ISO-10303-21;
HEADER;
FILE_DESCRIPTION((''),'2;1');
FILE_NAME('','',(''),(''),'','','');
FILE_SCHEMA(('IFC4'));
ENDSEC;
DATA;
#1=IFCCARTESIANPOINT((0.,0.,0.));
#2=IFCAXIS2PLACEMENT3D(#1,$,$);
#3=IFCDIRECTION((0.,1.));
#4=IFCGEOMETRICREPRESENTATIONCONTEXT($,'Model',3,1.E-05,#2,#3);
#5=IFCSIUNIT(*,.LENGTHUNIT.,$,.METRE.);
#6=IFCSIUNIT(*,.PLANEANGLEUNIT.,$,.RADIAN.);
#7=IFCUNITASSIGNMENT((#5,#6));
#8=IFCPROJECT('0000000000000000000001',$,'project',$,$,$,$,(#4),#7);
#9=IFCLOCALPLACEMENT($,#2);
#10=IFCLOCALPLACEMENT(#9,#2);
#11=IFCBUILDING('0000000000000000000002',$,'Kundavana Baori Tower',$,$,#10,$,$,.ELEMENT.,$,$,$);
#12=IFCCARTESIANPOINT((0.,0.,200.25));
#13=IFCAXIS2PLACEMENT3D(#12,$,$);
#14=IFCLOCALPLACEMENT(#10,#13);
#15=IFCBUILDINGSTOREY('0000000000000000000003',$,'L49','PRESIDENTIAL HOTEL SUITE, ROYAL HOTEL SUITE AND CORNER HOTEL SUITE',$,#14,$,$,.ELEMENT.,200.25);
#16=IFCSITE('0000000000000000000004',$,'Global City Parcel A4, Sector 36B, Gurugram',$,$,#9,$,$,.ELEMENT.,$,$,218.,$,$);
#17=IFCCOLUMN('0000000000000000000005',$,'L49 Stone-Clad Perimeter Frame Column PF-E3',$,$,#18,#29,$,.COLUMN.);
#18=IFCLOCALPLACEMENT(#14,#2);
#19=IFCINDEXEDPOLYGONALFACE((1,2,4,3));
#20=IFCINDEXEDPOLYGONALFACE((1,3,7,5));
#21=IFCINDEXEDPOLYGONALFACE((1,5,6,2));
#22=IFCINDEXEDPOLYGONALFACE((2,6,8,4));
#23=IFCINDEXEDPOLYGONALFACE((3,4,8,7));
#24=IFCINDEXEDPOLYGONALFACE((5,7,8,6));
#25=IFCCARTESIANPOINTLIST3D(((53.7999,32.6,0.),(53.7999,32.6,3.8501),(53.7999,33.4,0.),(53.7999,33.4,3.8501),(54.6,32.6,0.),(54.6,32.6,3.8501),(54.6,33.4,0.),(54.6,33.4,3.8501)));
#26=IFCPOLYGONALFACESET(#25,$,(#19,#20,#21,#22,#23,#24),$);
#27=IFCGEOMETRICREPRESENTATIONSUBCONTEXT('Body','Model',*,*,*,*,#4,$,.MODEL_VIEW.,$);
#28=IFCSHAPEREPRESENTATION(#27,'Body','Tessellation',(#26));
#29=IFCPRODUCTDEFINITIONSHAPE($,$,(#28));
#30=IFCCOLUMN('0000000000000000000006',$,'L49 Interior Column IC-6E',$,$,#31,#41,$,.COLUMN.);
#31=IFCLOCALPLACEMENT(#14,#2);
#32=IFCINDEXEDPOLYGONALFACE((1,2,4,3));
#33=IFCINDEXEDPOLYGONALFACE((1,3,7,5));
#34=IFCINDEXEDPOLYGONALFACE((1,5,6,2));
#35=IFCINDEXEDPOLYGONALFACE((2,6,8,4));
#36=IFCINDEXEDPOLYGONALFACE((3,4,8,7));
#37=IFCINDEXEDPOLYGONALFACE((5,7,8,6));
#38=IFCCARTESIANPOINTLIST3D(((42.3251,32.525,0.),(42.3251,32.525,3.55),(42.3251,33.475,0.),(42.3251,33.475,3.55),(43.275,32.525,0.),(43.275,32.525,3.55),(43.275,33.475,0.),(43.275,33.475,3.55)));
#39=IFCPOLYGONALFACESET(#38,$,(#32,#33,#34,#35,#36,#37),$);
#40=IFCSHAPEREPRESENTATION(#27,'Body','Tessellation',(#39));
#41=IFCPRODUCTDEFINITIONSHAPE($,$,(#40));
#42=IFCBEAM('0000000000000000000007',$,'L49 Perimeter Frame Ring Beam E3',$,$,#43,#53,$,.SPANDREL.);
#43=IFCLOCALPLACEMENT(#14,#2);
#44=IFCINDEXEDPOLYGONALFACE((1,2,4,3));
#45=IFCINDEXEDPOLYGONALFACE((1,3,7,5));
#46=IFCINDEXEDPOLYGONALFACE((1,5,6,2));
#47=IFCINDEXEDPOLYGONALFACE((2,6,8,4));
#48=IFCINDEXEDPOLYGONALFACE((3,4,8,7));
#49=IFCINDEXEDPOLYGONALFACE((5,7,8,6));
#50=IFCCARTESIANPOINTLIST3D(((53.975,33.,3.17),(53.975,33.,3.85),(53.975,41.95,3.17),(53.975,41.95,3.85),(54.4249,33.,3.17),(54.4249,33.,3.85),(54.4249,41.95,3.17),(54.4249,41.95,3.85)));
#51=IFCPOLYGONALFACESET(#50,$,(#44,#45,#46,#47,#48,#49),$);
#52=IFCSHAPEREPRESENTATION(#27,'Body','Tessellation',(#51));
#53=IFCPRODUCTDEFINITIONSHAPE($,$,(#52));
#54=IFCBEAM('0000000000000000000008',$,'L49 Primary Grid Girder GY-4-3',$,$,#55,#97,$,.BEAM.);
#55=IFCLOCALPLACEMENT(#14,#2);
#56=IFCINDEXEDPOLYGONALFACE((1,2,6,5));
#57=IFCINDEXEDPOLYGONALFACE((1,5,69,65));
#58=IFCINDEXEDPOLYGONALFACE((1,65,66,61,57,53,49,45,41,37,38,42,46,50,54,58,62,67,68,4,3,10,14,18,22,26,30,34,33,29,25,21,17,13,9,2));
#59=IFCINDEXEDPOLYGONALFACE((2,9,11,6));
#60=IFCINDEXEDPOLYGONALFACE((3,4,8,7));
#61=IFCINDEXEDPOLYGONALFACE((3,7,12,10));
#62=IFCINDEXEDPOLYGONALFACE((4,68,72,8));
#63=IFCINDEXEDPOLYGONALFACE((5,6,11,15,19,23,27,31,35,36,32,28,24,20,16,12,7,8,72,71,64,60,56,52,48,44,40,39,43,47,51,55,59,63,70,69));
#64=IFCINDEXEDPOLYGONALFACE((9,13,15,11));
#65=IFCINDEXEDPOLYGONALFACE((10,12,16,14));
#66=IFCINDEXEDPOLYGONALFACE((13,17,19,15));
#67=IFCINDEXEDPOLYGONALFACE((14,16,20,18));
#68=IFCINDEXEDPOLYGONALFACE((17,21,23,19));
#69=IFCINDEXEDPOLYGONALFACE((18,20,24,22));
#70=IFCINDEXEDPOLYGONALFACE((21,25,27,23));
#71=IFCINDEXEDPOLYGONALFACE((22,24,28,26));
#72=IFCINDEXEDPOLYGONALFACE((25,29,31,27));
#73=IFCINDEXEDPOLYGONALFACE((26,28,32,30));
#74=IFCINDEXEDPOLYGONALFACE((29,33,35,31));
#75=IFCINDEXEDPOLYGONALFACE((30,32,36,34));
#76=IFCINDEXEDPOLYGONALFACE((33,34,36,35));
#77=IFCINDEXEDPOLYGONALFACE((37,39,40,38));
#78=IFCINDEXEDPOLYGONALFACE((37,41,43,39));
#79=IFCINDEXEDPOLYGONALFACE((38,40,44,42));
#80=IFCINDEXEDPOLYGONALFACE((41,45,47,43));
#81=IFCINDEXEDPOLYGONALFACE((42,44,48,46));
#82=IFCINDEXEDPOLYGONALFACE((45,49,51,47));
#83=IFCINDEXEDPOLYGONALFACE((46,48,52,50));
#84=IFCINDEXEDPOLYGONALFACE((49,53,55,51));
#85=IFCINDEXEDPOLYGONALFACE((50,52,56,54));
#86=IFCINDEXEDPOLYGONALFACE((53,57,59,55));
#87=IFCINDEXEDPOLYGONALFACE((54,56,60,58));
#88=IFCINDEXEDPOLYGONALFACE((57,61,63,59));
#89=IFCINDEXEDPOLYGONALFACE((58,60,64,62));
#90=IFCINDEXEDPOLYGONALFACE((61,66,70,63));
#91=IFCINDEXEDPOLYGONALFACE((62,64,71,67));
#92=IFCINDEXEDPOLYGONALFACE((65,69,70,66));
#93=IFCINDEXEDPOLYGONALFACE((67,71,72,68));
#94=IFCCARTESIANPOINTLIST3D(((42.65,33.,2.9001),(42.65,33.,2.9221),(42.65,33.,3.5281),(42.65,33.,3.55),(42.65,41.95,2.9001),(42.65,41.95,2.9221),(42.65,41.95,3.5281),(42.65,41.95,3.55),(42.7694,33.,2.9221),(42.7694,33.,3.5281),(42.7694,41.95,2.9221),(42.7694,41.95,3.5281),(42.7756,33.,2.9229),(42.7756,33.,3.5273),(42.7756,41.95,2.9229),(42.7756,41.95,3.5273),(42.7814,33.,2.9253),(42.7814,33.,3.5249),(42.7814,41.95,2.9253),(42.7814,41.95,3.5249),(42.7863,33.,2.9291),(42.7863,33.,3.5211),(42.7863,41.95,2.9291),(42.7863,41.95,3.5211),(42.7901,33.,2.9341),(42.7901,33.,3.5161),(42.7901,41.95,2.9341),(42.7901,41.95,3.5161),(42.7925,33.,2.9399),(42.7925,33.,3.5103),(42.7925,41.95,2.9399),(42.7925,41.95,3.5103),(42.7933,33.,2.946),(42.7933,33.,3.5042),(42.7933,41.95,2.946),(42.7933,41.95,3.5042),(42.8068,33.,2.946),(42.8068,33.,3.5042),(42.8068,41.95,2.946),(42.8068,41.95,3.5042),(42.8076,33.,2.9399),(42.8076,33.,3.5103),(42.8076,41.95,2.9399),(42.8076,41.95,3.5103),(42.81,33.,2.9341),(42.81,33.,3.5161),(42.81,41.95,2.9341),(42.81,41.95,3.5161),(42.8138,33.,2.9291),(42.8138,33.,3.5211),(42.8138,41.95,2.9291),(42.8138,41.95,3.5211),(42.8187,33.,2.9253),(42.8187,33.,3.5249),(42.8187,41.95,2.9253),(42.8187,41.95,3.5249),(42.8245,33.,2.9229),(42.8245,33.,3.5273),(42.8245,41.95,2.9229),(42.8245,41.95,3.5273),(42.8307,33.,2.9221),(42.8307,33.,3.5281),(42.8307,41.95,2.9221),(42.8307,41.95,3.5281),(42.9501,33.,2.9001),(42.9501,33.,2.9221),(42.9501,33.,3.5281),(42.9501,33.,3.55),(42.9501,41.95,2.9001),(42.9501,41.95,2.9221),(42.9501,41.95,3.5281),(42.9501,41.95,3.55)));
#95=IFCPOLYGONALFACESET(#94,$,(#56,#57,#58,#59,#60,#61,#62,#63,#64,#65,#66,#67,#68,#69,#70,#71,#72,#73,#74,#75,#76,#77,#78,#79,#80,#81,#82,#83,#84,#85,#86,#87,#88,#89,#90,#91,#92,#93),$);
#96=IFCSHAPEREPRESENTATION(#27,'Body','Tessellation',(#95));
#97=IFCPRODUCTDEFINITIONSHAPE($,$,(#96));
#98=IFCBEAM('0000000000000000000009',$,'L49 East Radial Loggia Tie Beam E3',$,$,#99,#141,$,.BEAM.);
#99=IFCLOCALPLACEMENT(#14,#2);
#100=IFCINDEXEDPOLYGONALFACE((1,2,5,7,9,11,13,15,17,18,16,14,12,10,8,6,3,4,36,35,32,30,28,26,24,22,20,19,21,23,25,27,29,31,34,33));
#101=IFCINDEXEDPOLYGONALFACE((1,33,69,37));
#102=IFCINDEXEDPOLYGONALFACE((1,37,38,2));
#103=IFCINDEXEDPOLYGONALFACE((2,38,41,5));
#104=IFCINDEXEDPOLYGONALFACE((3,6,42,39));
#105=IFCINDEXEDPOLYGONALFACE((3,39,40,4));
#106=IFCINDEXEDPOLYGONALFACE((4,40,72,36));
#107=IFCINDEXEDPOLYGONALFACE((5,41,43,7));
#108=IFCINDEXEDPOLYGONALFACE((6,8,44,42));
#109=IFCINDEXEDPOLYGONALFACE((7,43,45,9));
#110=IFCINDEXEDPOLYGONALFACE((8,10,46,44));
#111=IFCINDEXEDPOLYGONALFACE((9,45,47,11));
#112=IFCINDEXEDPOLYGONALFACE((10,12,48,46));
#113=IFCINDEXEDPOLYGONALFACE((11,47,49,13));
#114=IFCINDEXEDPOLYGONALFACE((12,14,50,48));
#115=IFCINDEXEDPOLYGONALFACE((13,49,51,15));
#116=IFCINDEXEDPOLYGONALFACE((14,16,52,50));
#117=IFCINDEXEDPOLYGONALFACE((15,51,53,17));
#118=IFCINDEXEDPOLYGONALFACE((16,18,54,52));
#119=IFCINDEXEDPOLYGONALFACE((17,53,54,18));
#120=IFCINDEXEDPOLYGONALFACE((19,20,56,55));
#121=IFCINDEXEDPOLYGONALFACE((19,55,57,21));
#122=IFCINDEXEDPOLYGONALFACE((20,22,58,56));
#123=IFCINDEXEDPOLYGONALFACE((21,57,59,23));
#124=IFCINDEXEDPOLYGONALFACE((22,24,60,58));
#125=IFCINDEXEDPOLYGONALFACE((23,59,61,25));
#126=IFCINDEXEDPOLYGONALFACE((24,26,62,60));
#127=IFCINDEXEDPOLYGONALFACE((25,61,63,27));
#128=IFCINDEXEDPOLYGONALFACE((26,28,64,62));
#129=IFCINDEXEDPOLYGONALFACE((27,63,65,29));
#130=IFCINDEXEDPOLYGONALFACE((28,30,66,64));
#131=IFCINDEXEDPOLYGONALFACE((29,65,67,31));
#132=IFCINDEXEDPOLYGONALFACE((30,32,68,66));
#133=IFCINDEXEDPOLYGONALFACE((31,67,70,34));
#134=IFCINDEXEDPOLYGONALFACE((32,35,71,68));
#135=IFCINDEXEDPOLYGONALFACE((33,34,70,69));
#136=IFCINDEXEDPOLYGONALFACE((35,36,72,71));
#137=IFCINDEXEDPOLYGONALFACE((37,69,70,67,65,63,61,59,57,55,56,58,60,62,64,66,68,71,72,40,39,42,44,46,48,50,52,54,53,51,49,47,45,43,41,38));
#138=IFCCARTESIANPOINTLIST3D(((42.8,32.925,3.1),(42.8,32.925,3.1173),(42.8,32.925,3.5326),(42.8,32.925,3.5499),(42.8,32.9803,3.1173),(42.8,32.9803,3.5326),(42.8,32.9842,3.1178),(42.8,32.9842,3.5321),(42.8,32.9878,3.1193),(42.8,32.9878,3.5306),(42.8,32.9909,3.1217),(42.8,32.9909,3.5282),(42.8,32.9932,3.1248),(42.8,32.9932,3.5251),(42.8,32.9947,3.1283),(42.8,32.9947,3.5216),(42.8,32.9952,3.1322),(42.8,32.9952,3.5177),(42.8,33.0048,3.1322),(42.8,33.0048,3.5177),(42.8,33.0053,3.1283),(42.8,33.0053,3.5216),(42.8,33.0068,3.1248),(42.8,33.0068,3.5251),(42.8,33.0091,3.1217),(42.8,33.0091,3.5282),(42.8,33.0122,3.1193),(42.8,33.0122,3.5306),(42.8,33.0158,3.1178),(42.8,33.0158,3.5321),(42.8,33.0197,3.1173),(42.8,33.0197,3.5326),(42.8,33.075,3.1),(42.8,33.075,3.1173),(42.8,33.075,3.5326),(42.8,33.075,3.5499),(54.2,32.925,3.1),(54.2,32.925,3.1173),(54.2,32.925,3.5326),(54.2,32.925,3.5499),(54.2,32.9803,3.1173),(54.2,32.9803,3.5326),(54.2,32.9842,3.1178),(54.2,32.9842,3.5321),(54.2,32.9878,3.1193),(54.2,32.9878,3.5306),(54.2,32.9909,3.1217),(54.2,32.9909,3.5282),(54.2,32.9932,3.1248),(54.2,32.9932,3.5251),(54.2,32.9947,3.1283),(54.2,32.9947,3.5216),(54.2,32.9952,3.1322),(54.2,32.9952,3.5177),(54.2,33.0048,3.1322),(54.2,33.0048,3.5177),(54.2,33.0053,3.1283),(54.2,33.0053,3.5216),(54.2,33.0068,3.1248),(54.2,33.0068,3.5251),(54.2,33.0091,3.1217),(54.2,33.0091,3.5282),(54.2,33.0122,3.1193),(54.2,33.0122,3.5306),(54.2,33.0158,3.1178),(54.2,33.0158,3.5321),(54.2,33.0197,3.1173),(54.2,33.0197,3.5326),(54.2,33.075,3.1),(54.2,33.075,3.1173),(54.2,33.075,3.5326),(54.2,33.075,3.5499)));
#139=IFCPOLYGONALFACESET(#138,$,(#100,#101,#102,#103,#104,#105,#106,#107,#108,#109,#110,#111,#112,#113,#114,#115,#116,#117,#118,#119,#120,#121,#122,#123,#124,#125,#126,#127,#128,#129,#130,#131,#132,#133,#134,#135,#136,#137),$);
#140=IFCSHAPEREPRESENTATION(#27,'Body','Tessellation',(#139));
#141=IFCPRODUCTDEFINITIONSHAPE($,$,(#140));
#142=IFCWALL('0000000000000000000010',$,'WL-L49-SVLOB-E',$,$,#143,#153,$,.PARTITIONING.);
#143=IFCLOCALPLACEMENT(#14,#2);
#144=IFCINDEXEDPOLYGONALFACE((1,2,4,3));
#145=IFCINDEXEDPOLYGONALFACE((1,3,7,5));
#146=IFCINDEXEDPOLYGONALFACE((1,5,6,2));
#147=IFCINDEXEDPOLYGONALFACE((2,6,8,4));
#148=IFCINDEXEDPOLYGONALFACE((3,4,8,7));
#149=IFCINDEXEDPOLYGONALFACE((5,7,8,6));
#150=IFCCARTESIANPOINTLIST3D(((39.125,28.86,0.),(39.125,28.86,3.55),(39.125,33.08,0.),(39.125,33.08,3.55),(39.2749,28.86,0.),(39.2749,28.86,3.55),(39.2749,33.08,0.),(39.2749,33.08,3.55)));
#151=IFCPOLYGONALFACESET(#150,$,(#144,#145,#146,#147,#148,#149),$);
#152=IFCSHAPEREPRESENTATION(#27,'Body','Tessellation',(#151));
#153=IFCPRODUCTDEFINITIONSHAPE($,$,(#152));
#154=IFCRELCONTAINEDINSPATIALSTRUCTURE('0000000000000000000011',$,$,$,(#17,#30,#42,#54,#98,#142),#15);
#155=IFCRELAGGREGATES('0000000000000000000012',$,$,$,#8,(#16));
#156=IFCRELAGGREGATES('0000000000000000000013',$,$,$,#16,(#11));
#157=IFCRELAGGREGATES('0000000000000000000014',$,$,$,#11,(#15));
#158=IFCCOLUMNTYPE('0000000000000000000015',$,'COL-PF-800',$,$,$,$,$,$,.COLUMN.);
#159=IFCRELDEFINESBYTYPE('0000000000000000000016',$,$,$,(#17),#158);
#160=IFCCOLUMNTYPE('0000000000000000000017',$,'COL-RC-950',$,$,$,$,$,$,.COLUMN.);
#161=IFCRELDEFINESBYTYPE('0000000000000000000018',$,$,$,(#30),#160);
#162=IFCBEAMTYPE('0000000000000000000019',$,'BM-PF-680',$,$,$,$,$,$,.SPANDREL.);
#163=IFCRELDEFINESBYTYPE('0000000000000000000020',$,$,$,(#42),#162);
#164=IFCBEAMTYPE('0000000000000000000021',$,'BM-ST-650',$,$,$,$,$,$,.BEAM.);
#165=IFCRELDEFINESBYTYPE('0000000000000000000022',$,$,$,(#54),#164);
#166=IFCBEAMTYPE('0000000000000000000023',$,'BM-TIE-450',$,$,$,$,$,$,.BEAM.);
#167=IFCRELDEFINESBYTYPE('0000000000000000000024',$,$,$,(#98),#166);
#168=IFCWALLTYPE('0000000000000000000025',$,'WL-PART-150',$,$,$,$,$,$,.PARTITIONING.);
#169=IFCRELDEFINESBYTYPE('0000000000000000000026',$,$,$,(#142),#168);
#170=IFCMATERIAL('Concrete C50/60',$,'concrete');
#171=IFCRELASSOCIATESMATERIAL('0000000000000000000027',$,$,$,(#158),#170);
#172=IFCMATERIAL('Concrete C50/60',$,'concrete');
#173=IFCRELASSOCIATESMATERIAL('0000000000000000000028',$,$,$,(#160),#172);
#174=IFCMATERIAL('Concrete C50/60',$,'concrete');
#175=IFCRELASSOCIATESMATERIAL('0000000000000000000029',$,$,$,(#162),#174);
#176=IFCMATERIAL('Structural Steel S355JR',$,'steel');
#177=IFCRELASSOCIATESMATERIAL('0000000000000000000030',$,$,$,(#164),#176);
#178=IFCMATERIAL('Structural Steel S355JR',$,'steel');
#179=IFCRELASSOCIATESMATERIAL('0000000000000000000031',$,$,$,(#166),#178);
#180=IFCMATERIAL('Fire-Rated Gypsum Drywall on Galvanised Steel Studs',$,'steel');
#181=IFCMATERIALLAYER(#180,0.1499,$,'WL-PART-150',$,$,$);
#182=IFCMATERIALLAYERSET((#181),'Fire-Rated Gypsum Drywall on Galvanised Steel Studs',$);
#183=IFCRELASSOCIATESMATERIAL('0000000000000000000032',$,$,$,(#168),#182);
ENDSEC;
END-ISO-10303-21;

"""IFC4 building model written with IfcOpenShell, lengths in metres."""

from ifc_helpers import new_model, si_unit, direction, frame, frame_2d, origin, origin_2d, place, context, subcontext, project, spatial, rectangle, i_section, extrude, material, layer, layer_set, material_profile, profile_set, type_object, element, save


model = new_model("IFC4")

# Units and contexts
model_context = context("Model", 3, precision=1e-05, world=origin(), true_north=direction((0.0, 1.0)))
body_context = subcontext(model_context, "Body", "Model", "MODEL_VIEW")
ifc_project = project(units=[si_unit("LENGTHUNIT", "METRE"), si_unit("PLANEANGLEUNIT", "RADIAN")], contexts=[model_context])

# Site, building, storey
site_placement = place(None, origin())
site = spatial("IfcSite", under=ifc_project, at=site_placement, Name="Global City Parcel A4, Sector 36B, Gurugram", CompositionType="ELEMENT", RefElevation=218.0)
building_placement = place(site_placement, origin())
building = spatial("IfcBuilding", under=site, at=building_placement, Name="Kundavana Baori Tower", CompositionType="ELEMENT")
storey_placement = place(building_placement, frame((0.0, 0.0, 200.25)))
storey = spatial("IfcBuildingStorey", under=building, at=storey_placement, Name="L49", Description="PRESIDENTIAL HOTEL SUITE, ROYAL HOTEL SUITE AND CORNER HOTEL SUITE", CompositionType="ELEMENT", Elevation=200.25)

# Columns
ifc_material_1 = material(Name="Concrete C50/60", Category="concrete")
ifc_material_profile_1 = material_profile(ifc_material_1, rectangle(XDim=0.8, YDim=0.8, at=origin_2d()), Name="RC PF 800x800")
ifc_profile_set_1 = profile_set([ifc_material_profile_1], Name="Concrete C50/60")
column_type_1 = type_object("IfcColumnType", Name="COL-PF-800", PredefinedType="COLUMN", material=ifc_profile_set_1)
column_1_placement = place(storey_placement, frame((54.2, 33.0, 0.0), z_axis=(0.0, 0.0, 1.0), x_axis=(1.0, 0.0, 0.0)))
element("IfcColumn", 1, at=column_1_placement, inside=storey, type_object=column_type_1, Name="L49 Stone-Clad Perimeter Frame Column PF-E3", PredefinedType="COLUMN", context=body_context, shape_type="SweptSolid", body=[
    extrude(rectangle(XDim=0.8, YDim=0.8, at=origin_2d()), origin(), (0.0, 0.0, 1.0), 3.8501),
])
ifc_material_2 = material(Name="Concrete C50/60", Category="concrete")
ifc_material_profile_2 = material_profile(ifc_material_2, rectangle(XDim=0.95, YDim=0.95, at=origin_2d()), Name="RC 950x950")
ifc_profile_set_2 = profile_set([ifc_material_profile_2], Name="Concrete C50/60")
column_type_2 = type_object("IfcColumnType", Name="COL-RC-950", PredefinedType="COLUMN", material=ifc_profile_set_2)
column_2_placement = place(storey_placement, frame((42.8, 33.0, 0.0), z_axis=(0.0, 0.0, 1.0), x_axis=(1.0, 0.0, 0.0)))
element("IfcColumn", 2, at=column_2_placement, inside=storey, type_object=column_type_2, Name="L49 Interior Column IC-6E", PredefinedType="COLUMN", context=body_context, shape_type="SweptSolid", body=[
    extrude(rectangle(XDim=0.95, YDim=0.95, at=origin_2d()), origin(), (0.0, 0.0, 1.0), 3.55),
])

# Beams
ifc_material_3 = material(Name="Concrete C50/60", Category="concrete")
ifc_material_profile_3 = material_profile(ifc_material_3, rectangle(XDim=0.45, YDim=0.6799, at=origin_2d()), Name="RC BM 450x680")
ifc_profile_set_3 = profile_set([ifc_material_profile_3], Name="Concrete C50/60")
beam_type_1 = type_object("IfcBeamType", Name="BM-PF-680", PredefinedType="SPANDREL", material=ifc_profile_set_3)
beam_1_placement = place(storey_placement, frame((54.2, 33.0, 3.51), z_axis=(0.0, 1.0, 0.0), x_axis=(-1.0, 0.0, 0.0)))
element("IfcBeam", 3, at=beam_1_placement, inside=storey, type_object=beam_type_1, Name="L49 Perimeter Frame Ring Beam E3", PredefinedType="SPANDREL", context=body_context, shape_type="SweptSolid", body=[
    extrude(rectangle(XDim=0.45, YDim=0.6799, at=origin_2d()), origin(), (0.0, 0.0, 1.0), 8.95),
])
ifc_material_4 = material(Name="Structural Steel S355JR", Category="steel")
ifc_material_profile_4 = material_profile(ifc_material_4, i_section(OverallWidth=0.3, OverallDepth=0.6499, WebThickness=0.0134, FlangeThickness=0.022, FilletRadius=0.0239, at=origin_2d()), Name="NPB 650x300x155")
ifc_profile_set_4 = profile_set([ifc_material_profile_4], Name="Structural Steel S355JR")
beam_type_2 = type_object("IfcBeamType", Name="BM-ST-650", PredefinedType="BEAM", material=ifc_profile_set_4)
beam_2_placement = place(storey_placement, frame((42.8, 33.0, 3.2251), z_axis=(0.0, 1.0, 0.0), x_axis=(-1.0, 0.0, 0.0)))
element("IfcBeam", 4, at=beam_2_placement, inside=storey, type_object=beam_type_2, Name="L49 Primary Grid Girder GY-4-3", PredefinedType="BEAM", context=body_context, shape_type="SweptSolid", body=[
    extrude(i_section(OverallWidth=0.3, OverallDepth=0.6499, WebThickness=0.0134, FlangeThickness=0.022, FilletRadius=0.0239, at=origin_2d()), origin(), (0.0, 0.0, 1.0), 8.95),
])
ifc_material_5 = material(Name="Structural Steel S355JR", Category="steel")
ifc_material_profile_5 = material_profile(ifc_material_5, i_section(OverallWidth=0.1499, OverallDepth=0.45, WebThickness=0.0095, FlangeThickness=0.0173, FilletRadius=0.0149, at=origin_2d()), Name="ISMB 450")
ifc_profile_set_5 = profile_set([ifc_material_profile_5], Name="Structural Steel S355JR")
beam_type_3 = type_object("IfcBeamType", Name="BM-TIE-450", PredefinedType="BEAM", material=ifc_profile_set_5)
beam_3_placement = place(storey_placement, frame((42.8, 33.0, 3.325), z_axis=(1.0, 0.0, 0.0), x_axis=(0.0, 1.0, 0.0)))
element("IfcBeam", 5, at=beam_3_placement, inside=storey, type_object=beam_type_3, Name="L49 East Radial Loggia Tie Beam E3", PredefinedType="BEAM", context=body_context, shape_type="SweptSolid", body=[
    extrude(i_section(OverallWidth=0.1499, OverallDepth=0.45, WebThickness=0.0095, FlangeThickness=0.0173, FilletRadius=0.0149, at=origin_2d()), origin(), (0.0, 0.0, 1.0), 11.3999),
])

# Wall
ifc_material_6 = material(Name="Fire-Rated Gypsum Drywall on Galvanised Steel Studs", Category="steel")
ifc_layer_1 = layer(ifc_material_6, 0.1499, Name="WL-PART-150")
ifc_layer_set_1 = layer_set([ifc_layer_1], Name="Fire-Rated Gypsum Drywall on Galvanised Steel Studs")
wall_type_1 = type_object("IfcWallType", Name="WL-PART-150", PredefinedType="PARTITIONING", material=ifc_layer_set_1)
wall_1_placement = place(storey_placement, frame((39.2, 28.8601, 0.0), z_axis=(0.0, 0.0, 1.0), x_axis=(0.0, 1.0, 0.0)))
element("IfcWall", 6, at=wall_1_placement, inside=storey, type_object=wall_type_1, Name="WL-L49-SVLOB-E", PredefinedType="PARTITIONING", context=body_context, shape_type="SweptSolid", body=[
    extrude(rectangle(XDim=4.22, YDim=0.1499, at=frame_2d((2.1099, 0.0))), origin(), (0.0, 0.0, 1.0), 3.55),
])

save(model, "model.ifc")
